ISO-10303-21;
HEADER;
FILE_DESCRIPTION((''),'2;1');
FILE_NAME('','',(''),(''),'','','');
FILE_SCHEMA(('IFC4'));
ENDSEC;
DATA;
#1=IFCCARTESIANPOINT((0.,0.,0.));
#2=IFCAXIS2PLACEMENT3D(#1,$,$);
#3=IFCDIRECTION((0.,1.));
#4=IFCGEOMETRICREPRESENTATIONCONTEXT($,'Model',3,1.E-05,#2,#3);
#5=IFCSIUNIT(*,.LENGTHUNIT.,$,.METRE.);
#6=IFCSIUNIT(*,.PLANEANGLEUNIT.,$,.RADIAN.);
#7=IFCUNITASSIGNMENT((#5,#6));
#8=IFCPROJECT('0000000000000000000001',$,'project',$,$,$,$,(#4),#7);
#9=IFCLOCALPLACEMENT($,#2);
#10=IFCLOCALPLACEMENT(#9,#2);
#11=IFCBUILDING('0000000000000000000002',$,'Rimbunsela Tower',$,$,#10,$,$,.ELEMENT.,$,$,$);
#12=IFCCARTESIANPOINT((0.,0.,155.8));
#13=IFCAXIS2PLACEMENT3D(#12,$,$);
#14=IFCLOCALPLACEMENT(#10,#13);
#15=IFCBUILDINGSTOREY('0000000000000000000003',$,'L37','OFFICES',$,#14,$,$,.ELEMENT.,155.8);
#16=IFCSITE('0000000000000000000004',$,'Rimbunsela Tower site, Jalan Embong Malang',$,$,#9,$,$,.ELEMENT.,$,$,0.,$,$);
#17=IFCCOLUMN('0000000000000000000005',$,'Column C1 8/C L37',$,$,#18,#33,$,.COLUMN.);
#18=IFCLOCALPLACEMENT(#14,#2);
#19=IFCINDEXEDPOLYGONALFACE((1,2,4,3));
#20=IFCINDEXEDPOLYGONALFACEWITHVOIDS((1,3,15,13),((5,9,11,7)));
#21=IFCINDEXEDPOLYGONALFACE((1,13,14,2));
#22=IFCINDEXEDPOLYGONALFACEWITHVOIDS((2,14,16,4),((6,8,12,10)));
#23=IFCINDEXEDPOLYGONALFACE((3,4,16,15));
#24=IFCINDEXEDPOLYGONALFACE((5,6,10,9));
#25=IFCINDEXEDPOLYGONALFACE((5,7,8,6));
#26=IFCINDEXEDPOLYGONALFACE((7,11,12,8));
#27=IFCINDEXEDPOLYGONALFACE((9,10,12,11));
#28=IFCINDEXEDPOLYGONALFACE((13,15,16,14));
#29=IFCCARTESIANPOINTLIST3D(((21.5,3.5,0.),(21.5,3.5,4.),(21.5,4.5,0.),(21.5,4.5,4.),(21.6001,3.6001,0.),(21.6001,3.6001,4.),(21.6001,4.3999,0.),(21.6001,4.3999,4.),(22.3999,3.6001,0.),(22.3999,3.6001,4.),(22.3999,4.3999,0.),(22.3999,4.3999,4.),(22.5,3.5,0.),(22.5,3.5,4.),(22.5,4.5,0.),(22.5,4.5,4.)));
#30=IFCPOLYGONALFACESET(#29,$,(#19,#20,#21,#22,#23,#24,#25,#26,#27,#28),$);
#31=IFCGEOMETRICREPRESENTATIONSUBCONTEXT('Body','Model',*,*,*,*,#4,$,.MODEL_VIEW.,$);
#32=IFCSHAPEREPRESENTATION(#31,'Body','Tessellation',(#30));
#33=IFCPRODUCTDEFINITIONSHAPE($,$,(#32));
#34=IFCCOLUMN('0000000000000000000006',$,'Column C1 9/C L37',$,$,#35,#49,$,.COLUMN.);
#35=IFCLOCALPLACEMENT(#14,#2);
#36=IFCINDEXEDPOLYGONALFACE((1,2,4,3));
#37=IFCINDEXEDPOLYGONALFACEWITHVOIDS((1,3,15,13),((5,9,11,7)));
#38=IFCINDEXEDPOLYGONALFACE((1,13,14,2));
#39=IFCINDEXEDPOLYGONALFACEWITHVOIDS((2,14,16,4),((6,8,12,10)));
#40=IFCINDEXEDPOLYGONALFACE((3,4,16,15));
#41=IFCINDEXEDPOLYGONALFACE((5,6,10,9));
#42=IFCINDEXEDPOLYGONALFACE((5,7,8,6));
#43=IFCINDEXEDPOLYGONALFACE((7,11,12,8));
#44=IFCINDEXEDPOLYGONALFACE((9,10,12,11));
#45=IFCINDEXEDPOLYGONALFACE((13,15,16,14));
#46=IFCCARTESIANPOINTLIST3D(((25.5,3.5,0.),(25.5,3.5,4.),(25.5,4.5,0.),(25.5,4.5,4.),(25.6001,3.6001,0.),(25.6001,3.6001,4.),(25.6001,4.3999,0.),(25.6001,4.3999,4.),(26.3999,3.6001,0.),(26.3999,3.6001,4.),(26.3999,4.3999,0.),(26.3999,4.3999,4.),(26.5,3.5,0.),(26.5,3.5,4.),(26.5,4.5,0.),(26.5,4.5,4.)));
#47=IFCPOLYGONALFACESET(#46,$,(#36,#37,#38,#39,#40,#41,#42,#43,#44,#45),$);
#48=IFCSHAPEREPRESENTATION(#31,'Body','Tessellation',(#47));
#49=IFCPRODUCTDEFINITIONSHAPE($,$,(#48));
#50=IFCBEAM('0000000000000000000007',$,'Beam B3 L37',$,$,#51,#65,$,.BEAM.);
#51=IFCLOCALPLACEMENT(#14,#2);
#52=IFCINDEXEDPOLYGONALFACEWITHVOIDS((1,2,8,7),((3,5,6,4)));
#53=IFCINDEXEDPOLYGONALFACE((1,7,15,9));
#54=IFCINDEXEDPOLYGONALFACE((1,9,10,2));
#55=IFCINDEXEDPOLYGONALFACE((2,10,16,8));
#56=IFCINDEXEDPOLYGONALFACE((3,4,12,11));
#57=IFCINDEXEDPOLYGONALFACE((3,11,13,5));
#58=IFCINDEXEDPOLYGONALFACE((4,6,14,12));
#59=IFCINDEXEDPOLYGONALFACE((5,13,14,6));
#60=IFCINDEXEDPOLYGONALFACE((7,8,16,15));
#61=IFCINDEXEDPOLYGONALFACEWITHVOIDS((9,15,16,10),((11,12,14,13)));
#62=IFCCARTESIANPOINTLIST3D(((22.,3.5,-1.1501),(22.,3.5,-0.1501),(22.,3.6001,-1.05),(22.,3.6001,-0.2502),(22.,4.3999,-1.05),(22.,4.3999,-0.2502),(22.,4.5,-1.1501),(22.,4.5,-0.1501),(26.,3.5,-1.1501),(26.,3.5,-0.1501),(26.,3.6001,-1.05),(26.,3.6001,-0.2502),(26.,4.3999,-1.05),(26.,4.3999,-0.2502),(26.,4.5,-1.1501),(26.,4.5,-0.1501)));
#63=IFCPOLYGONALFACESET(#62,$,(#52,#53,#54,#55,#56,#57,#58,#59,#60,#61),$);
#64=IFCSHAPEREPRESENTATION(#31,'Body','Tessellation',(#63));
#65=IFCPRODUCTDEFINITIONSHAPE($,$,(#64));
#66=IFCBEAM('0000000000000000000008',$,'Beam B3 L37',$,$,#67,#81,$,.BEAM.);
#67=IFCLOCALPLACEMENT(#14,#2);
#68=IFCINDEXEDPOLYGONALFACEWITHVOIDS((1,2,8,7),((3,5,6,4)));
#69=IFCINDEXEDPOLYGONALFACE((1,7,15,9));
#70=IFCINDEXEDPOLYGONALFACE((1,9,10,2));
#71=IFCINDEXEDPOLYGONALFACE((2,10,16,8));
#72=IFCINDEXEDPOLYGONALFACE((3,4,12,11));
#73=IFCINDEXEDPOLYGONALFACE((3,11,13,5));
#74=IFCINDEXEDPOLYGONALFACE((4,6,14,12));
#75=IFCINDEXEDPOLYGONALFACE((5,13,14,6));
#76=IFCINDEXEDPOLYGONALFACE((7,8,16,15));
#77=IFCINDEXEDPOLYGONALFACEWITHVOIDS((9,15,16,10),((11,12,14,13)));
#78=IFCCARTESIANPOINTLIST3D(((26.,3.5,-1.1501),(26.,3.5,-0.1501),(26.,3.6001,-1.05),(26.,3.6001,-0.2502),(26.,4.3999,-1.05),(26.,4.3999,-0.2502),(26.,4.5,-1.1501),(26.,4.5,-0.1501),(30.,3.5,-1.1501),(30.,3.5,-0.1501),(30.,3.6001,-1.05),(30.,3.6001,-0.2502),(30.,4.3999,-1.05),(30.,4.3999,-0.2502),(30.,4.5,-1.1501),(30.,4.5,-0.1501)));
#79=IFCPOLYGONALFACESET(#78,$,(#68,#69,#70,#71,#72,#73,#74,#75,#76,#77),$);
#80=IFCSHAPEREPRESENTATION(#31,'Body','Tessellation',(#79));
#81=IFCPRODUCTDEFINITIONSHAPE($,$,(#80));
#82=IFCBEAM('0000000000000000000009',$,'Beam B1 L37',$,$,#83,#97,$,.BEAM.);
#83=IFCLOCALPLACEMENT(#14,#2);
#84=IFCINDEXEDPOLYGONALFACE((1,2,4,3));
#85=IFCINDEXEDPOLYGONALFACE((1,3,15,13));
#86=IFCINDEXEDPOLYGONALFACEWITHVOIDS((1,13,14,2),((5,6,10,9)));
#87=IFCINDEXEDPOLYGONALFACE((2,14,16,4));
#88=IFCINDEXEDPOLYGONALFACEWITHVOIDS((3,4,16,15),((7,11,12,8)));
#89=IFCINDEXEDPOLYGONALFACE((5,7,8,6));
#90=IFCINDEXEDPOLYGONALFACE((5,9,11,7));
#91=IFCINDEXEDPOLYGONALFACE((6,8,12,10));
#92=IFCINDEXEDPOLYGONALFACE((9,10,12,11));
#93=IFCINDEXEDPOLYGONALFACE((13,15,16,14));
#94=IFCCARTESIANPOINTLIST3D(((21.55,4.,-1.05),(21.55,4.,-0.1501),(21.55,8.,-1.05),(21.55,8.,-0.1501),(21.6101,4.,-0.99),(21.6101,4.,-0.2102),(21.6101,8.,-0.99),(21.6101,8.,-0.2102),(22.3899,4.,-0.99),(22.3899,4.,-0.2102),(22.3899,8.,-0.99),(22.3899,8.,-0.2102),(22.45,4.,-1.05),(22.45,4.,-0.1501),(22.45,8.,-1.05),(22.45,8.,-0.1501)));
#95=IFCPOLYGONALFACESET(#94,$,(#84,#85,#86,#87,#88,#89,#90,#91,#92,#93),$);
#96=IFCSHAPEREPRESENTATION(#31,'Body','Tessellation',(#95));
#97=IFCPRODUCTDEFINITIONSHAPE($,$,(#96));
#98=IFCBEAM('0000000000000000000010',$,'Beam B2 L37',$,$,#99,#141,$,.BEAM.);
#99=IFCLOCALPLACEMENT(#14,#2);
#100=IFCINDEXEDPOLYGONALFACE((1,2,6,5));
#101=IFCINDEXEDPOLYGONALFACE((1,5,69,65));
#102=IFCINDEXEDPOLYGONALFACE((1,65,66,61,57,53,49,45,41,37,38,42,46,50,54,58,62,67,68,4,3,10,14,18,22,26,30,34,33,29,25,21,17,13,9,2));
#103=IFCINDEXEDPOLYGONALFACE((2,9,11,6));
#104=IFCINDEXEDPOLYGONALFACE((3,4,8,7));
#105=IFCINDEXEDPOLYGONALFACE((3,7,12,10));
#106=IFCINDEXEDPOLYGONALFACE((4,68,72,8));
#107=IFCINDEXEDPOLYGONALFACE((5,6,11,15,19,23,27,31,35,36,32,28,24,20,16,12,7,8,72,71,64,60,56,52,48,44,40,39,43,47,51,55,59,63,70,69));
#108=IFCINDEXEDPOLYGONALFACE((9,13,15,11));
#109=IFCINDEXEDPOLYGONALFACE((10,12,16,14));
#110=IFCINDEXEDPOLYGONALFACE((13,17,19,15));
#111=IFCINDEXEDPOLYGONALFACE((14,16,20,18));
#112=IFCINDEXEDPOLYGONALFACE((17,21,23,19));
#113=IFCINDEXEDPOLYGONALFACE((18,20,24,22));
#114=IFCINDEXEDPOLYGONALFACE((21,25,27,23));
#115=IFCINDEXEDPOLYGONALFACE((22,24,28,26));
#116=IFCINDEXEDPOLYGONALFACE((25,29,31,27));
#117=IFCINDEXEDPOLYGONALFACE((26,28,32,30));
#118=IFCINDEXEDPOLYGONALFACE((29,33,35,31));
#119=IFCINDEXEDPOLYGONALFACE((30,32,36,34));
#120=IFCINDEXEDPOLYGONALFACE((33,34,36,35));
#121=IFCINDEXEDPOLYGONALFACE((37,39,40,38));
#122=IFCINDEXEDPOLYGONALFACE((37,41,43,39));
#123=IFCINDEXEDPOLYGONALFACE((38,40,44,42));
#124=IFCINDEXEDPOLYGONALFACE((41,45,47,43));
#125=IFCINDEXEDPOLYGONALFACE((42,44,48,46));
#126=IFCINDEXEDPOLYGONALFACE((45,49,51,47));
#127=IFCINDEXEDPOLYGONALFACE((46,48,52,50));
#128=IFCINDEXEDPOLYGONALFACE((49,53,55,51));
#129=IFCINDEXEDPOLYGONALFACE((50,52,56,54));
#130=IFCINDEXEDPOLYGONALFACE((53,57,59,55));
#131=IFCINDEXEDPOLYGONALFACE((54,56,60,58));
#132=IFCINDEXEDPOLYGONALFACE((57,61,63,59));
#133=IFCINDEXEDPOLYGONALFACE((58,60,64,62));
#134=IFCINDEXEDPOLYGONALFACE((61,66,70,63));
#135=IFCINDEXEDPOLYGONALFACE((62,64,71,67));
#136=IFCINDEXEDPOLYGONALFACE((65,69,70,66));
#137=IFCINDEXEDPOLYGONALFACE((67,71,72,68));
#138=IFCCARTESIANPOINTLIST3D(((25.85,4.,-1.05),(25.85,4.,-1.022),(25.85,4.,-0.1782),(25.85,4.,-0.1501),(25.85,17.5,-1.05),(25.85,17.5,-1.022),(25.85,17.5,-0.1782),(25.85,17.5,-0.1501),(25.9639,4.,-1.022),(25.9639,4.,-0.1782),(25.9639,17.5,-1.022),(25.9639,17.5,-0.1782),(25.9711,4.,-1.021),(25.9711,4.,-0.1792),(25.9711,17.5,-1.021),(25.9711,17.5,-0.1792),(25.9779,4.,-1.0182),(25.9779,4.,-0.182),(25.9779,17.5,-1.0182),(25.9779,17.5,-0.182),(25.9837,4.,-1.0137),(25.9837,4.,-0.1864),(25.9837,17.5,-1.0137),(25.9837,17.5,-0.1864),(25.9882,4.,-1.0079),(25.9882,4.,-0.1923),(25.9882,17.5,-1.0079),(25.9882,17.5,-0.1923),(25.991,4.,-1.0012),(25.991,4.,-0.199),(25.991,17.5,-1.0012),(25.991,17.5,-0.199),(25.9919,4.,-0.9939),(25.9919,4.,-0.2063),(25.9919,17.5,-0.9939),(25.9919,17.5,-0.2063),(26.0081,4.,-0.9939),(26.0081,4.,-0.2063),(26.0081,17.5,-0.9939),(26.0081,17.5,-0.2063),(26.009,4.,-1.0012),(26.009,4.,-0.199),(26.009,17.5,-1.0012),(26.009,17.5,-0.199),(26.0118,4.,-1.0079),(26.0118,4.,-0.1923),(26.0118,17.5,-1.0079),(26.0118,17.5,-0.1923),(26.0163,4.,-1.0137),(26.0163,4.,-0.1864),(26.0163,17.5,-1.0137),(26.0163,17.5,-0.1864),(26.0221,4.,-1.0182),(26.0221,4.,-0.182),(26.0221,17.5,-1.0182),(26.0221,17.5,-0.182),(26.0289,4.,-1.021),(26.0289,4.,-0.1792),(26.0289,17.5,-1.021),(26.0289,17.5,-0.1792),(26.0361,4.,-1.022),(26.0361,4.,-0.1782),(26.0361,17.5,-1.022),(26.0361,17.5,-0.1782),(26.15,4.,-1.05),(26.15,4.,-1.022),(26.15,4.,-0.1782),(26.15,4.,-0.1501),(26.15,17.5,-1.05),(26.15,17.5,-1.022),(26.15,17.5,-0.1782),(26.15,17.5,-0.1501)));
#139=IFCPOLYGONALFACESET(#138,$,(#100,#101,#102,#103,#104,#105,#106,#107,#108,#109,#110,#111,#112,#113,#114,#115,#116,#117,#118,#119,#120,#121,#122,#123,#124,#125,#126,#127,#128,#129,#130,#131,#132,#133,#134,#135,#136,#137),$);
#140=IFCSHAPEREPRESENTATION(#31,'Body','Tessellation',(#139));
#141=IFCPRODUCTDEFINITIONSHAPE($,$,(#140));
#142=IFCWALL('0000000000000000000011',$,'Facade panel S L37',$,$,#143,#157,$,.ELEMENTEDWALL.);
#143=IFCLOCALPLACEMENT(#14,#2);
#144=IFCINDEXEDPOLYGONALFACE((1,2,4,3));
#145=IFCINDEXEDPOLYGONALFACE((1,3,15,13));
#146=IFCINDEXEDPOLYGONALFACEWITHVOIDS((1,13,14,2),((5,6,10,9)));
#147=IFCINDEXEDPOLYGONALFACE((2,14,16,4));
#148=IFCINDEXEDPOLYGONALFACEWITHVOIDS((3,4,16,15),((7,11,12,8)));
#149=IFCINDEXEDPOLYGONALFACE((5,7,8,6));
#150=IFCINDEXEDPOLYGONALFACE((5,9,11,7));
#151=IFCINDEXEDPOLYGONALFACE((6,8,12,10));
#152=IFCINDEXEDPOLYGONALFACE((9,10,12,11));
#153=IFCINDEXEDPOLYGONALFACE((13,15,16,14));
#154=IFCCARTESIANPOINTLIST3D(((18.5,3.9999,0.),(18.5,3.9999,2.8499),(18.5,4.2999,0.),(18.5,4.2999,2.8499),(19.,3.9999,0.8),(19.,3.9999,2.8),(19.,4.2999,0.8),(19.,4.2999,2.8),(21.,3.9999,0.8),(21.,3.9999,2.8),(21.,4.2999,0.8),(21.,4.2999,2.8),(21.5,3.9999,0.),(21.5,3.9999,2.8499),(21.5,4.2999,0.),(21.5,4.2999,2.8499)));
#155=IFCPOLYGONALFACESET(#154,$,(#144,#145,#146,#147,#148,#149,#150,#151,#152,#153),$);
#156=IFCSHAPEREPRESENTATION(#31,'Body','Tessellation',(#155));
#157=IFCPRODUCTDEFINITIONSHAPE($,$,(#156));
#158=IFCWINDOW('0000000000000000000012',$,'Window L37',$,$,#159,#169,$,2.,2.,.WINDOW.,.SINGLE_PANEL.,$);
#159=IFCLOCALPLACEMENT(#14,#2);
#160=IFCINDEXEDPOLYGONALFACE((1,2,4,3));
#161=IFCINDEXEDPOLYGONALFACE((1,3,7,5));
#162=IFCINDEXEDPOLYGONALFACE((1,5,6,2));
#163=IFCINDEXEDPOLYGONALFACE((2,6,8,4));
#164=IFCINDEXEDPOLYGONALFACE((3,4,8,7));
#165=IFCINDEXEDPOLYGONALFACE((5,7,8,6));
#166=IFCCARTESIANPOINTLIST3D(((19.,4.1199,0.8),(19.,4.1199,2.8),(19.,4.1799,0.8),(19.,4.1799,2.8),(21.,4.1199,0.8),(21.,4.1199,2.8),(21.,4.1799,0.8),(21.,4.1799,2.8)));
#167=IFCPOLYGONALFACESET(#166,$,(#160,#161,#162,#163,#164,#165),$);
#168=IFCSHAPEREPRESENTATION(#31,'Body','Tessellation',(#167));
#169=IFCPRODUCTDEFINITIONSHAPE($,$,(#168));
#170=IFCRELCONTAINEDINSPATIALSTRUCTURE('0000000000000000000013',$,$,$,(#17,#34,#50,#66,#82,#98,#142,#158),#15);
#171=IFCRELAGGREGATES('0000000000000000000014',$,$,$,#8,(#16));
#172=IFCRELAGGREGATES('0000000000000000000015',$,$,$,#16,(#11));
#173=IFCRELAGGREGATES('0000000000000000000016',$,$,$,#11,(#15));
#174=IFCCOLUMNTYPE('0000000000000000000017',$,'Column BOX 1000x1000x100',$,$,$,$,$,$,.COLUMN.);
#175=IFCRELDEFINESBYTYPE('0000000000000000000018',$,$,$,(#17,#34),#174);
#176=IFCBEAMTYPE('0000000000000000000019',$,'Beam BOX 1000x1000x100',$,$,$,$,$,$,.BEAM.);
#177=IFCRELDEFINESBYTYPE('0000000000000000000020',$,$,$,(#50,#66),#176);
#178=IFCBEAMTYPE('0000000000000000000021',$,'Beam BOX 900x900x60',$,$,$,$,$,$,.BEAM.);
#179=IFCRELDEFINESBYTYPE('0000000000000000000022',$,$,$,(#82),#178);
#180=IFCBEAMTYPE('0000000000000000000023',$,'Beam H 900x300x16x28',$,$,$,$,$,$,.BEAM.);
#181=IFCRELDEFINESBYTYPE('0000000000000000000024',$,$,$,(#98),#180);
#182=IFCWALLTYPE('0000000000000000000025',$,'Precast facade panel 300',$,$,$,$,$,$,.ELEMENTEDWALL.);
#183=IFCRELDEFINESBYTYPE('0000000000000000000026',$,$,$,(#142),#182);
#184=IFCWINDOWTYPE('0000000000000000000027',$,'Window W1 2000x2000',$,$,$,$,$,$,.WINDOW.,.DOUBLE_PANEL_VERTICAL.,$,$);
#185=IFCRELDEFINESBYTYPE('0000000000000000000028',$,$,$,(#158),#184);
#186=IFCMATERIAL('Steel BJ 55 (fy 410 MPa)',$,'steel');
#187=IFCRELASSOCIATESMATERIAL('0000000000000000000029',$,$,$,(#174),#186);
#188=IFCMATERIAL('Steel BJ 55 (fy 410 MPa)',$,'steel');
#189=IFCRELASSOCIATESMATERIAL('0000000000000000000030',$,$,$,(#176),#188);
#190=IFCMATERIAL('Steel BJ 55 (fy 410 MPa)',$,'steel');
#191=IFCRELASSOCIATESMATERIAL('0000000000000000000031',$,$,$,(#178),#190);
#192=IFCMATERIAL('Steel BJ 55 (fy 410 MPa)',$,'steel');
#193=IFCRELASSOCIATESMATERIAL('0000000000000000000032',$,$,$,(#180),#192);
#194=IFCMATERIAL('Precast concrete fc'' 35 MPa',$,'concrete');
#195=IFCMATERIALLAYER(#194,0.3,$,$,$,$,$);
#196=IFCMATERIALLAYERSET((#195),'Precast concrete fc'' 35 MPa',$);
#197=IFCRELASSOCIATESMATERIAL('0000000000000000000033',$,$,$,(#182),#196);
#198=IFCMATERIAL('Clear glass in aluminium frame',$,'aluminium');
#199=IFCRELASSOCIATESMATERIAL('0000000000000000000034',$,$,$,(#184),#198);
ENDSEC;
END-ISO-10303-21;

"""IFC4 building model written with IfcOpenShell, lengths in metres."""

from ifc_helpers import new_model, si_unit, direction, frame, frame_2d, origin, origin_2d, place, context, subcontext, project, spatial, rectangle, hollow_rectangle, i_section, extrude, material, layer, layer_set, material_profile, profile_set, type_object, element, fill, save


model = new_model("IFC4")

# Units and contexts
model_context = context("Model", 3, precision=1e-05, world=origin(), true_north=direction((0.0, 1.0)))
body_context = subcontext(model_context, "Body", "Model", "MODEL_VIEW")
ifc_project = project(units=[si_unit("LENGTHUNIT", "METRE"), si_unit("PLANEANGLEUNIT", "RADIAN")], contexts=[model_context])

# Site, building, storey
site_placement = place(None, origin())
site = spatial("IfcSite", under=ifc_project, at=site_placement, Name="Rimbunsela Tower site, Jalan Embong Malang", CompositionType="ELEMENT", RefElevation=0.0)
building_placement = place(site_placement, origin())
building = spatial("IfcBuilding", under=site, at=building_placement, Name="Rimbunsela Tower", CompositionType="ELEMENT")
storey_placement = place(building_placement, frame((0.0, 0.0, 155.8)))
storey = spatial("IfcBuildingStorey", under=building, at=storey_placement, Name="L37", Description="OFFICES", CompositionType="ELEMENT", Elevation=155.8)

# Columns
ifc_material_1 = material(Name="Steel BJ 55 (fy 410 MPa)", Category="steel")
ifc_material_profile_1 = material_profile(ifc_material_1, hollow_rectangle(XDim=1.0, YDim=1.0, WallThickness=0.1001, at=origin_2d()), Name="BOX 1000x1000x100")
ifc_profile_set_1 = profile_set([ifc_material_profile_1], Name="Steel BJ 55 (fy 410 MPa)")
column_type = type_object("IfcColumnType", Name="Column BOX 1000x1000x100", PredefinedType="COLUMN", material=ifc_profile_set_1)
for number, where, z_axis, x_axis, name in (
    (1, (22.0, 4.0, 0.0), (0.0, 0.0, 1.0), (1.0, 0.0, 0.0), "Column C1 8/C L37"),
    (2, (26.0, 4.0, 0.0), (0.0, 0.0, 1.0), (1.0, 0.0, 0.0), "Column C1 9/C L37"),
):
    element("IfcColumn", number, at=place(storey_placement, frame(where, z_axis=z_axis, x_axis=x_axis)), inside=storey, type_object=column_type, Name=name, PredefinedType="COLUMN", context=body_context, shape_type="SweptSolid", body=[
        extrude(hollow_rectangle(XDim=1.0, YDim=1.0, WallThickness=0.1001, at=origin_2d()), origin(), (0.0, 0.0, 1.0), 4.0),
    ])

# Beams
ifc_material_2 = material(Name="Steel BJ 55 (fy 410 MPa)", Category="steel")
ifc_material_profile_2 = material_profile(ifc_material_2, hollow_rectangle(XDim=1.0, YDim=1.0, WallThickness=0.1001, at=origin_2d()), Name="BOX 1000x1000x100")
ifc_profile_set_2 = profile_set([ifc_material_profile_2], Name="Steel BJ 55 (fy 410 MPa)")
beam_type_1 = type_object("IfcBeamType", Name="Beam BOX 1000x1000x100", PredefinedType="BEAM", material=ifc_profile_set_2)
for number, where, z_axis, x_axis, name in (
    (3, (22.0, 4.0, -0.6501), (1.0, 0.0, 0.0), (0.0, 1.0, 0.0), "Beam B3 L37"),
    (4, (26.0, 4.0, -0.6501), (1.0, 0.0, 0.0), (0.0, 1.0, 0.0), "Beam B3 L37"),
):
    element("IfcBeam", number, at=place(storey_placement, frame(where, z_axis=z_axis, x_axis=x_axis)), inside=storey, type_object=beam_type_1, Name=name, PredefinedType="BEAM", context=body_context, shape_type="SweptSolid", body=[
        extrude(hollow_rectangle(XDim=1.0, YDim=1.0, WallThickness=0.1001, at=origin_2d()), origin(), (0.0, 0.0, 1.0), 4.0),
    ])
ifc_material_3 = material(Name="Steel BJ 55 (fy 410 MPa)", Category="steel")
ifc_material_profile_3 = material_profile(ifc_material_3, hollow_rectangle(XDim=0.8999, YDim=0.8999, WallThickness=0.0601, at=origin_2d()), Name="BOX 900x900x60")
ifc_profile_set_3 = profile_set([ifc_material_profile_3], Name="Steel BJ 55 (fy 410 MPa)")
beam_type_2 = type_object("IfcBeamType", Name="Beam BOX 900x900x60", PredefinedType="BEAM", material=ifc_profile_set_3)
beam_1_placement = place(storey_placement, frame((22.0, 4.0, -0.6001), z_axis=(0.0, 1.0, 0.0), x_axis=(-1.0, 0.0, 0.0)))
element("IfcBeam", 5, at=beam_1_placement, inside=storey, type_object=beam_type_2, Name="Beam B1 L37", PredefinedType="BEAM", context=body_context, shape_type="SweptSolid", body=[
    extrude(hollow_rectangle(XDim=0.8999, YDim=0.8999, WallThickness=0.0601, at=origin_2d()), origin(), (0.0, 0.0, 1.0), 4.0),
])
ifc_material_4 = material(Name="Steel BJ 55 (fy 410 MPa)", Category="steel")
ifc_material_profile_4 = material_profile(ifc_material_4, i_section(OverallWidth=0.3, OverallDepth=0.8999, WebThickness=0.0161, FlangeThickness=0.0281, FilletRadius=0.0281, at=origin_2d()), Name="H 900x300x16x28")
ifc_profile_set_4 = profile_set([ifc_material_profile_4], Name="Steel BJ 55 (fy 410 MPa)")
beam_type_3 = type_object("IfcBeamType", Name="Beam H 900x300x16x28", PredefinedType="BEAM", material=ifc_profile_set_4)
beam_2_placement = place(storey_placement, frame((26.0, 4.0, -0.6001), z_axis=(0.0, 1.0, 0.0), x_axis=(-1.0, 0.0, 0.0)))
element("IfcBeam", 6, at=beam_2_placement, inside=storey, type_object=beam_type_3, Name="Beam B2 L37", PredefinedType="BEAM", context=body_context, shape_type="SweptSolid", body=[
    extrude(i_section(OverallWidth=0.3, OverallDepth=0.8999, WebThickness=0.0161, FlangeThickness=0.0281, FilletRadius=0.0281, at=origin_2d()), origin(), (0.0, 0.0, 1.0), 13.5),
])

# Wall, opening, window
ifc_material_5 = material(Name="Precast concrete fc' 35 MPa", Category="concrete")
ifc_layer_1 = layer(ifc_material_5, 0.3)
ifc_layer_set_1 = layer_set([ifc_layer_1], Name="Precast concrete fc' 35 MPa")
wall_type = type_object("IfcWallType", Name="Precast facade panel 300", PredefinedType="ELEMENTEDWALL", material=ifc_layer_set_1)
wall_1_placement = place(storey_placement, frame((18.5, 4.1499, 0.0), z_axis=(0.0, 0.0, 1.0), x_axis=(1.0, 0.0, 0.0)))
wall_1 = element("IfcWall", 7, at=wall_1_placement, inside=storey, type_object=wall_type, Name="Facade panel S L37", PredefinedType="ELEMENTEDWALL", context=body_context, shape_type="SweptSolid", body=[
    extrude(rectangle(XDim=3.0, YDim=0.3, at=frame_2d((1.5, 0.0))), origin(), (0.0, 0.0, 1.0), 2.8499),
])
opening_1_placement = place(wall_1_placement, frame((0.5, 0.0, 0.8)))
opening_1 = element("IfcOpeningElement", 8, at=opening_1_placement, cuts=wall_1, PredefinedType="OPENING", context=body_context, shape_type="SweptSolid", body=[
    extrude(rectangle(XDim=2.0, YDim=2.0, at=frame_2d((1.0, 1.0))), frame((0.0, 0.1599, 0.0), z_axis=(0.0, -1.0, 0.0), x_axis=(1.0, 0.0, 0.0)), (0.0, 0.0, 1.0), 0.3201),
])
ifc_material_6 = material(Name="Clear glass in aluminium frame", Category="aluminium")
window_type_1 = type_object("IfcWindowType", Name="Window W1 2000x2000", PartitioningType="DOUBLE_PANEL_VERTICAL", PredefinedType="WINDOW", material=ifc_material_6)
window_1_placement = place(opening_1_placement, origin())
window_1 = element("IfcWindow", 9, at=window_1_placement, inside=storey, type_object=window_type_1, Name="Window L37", OverallHeight=2.0, OverallWidth=2.0, PartitioningType="SINGLE_PANEL", PredefinedType="WINDOW", context=body_context, shape_type="SweptSolid", body=[
    extrude(rectangle(XDim=2.0, YDim=2.0, at=frame_2d((1.0, 1.0))), frame((0.0, 0.03, 0.0), z_axis=(0.0, -1.0, 0.0), x_axis=(1.0, 0.0, 0.0)), (0.0, 0.0, 1.0), 0.0601),
])
fill(opening_1, window_1)

save(model, "model.ifc")
